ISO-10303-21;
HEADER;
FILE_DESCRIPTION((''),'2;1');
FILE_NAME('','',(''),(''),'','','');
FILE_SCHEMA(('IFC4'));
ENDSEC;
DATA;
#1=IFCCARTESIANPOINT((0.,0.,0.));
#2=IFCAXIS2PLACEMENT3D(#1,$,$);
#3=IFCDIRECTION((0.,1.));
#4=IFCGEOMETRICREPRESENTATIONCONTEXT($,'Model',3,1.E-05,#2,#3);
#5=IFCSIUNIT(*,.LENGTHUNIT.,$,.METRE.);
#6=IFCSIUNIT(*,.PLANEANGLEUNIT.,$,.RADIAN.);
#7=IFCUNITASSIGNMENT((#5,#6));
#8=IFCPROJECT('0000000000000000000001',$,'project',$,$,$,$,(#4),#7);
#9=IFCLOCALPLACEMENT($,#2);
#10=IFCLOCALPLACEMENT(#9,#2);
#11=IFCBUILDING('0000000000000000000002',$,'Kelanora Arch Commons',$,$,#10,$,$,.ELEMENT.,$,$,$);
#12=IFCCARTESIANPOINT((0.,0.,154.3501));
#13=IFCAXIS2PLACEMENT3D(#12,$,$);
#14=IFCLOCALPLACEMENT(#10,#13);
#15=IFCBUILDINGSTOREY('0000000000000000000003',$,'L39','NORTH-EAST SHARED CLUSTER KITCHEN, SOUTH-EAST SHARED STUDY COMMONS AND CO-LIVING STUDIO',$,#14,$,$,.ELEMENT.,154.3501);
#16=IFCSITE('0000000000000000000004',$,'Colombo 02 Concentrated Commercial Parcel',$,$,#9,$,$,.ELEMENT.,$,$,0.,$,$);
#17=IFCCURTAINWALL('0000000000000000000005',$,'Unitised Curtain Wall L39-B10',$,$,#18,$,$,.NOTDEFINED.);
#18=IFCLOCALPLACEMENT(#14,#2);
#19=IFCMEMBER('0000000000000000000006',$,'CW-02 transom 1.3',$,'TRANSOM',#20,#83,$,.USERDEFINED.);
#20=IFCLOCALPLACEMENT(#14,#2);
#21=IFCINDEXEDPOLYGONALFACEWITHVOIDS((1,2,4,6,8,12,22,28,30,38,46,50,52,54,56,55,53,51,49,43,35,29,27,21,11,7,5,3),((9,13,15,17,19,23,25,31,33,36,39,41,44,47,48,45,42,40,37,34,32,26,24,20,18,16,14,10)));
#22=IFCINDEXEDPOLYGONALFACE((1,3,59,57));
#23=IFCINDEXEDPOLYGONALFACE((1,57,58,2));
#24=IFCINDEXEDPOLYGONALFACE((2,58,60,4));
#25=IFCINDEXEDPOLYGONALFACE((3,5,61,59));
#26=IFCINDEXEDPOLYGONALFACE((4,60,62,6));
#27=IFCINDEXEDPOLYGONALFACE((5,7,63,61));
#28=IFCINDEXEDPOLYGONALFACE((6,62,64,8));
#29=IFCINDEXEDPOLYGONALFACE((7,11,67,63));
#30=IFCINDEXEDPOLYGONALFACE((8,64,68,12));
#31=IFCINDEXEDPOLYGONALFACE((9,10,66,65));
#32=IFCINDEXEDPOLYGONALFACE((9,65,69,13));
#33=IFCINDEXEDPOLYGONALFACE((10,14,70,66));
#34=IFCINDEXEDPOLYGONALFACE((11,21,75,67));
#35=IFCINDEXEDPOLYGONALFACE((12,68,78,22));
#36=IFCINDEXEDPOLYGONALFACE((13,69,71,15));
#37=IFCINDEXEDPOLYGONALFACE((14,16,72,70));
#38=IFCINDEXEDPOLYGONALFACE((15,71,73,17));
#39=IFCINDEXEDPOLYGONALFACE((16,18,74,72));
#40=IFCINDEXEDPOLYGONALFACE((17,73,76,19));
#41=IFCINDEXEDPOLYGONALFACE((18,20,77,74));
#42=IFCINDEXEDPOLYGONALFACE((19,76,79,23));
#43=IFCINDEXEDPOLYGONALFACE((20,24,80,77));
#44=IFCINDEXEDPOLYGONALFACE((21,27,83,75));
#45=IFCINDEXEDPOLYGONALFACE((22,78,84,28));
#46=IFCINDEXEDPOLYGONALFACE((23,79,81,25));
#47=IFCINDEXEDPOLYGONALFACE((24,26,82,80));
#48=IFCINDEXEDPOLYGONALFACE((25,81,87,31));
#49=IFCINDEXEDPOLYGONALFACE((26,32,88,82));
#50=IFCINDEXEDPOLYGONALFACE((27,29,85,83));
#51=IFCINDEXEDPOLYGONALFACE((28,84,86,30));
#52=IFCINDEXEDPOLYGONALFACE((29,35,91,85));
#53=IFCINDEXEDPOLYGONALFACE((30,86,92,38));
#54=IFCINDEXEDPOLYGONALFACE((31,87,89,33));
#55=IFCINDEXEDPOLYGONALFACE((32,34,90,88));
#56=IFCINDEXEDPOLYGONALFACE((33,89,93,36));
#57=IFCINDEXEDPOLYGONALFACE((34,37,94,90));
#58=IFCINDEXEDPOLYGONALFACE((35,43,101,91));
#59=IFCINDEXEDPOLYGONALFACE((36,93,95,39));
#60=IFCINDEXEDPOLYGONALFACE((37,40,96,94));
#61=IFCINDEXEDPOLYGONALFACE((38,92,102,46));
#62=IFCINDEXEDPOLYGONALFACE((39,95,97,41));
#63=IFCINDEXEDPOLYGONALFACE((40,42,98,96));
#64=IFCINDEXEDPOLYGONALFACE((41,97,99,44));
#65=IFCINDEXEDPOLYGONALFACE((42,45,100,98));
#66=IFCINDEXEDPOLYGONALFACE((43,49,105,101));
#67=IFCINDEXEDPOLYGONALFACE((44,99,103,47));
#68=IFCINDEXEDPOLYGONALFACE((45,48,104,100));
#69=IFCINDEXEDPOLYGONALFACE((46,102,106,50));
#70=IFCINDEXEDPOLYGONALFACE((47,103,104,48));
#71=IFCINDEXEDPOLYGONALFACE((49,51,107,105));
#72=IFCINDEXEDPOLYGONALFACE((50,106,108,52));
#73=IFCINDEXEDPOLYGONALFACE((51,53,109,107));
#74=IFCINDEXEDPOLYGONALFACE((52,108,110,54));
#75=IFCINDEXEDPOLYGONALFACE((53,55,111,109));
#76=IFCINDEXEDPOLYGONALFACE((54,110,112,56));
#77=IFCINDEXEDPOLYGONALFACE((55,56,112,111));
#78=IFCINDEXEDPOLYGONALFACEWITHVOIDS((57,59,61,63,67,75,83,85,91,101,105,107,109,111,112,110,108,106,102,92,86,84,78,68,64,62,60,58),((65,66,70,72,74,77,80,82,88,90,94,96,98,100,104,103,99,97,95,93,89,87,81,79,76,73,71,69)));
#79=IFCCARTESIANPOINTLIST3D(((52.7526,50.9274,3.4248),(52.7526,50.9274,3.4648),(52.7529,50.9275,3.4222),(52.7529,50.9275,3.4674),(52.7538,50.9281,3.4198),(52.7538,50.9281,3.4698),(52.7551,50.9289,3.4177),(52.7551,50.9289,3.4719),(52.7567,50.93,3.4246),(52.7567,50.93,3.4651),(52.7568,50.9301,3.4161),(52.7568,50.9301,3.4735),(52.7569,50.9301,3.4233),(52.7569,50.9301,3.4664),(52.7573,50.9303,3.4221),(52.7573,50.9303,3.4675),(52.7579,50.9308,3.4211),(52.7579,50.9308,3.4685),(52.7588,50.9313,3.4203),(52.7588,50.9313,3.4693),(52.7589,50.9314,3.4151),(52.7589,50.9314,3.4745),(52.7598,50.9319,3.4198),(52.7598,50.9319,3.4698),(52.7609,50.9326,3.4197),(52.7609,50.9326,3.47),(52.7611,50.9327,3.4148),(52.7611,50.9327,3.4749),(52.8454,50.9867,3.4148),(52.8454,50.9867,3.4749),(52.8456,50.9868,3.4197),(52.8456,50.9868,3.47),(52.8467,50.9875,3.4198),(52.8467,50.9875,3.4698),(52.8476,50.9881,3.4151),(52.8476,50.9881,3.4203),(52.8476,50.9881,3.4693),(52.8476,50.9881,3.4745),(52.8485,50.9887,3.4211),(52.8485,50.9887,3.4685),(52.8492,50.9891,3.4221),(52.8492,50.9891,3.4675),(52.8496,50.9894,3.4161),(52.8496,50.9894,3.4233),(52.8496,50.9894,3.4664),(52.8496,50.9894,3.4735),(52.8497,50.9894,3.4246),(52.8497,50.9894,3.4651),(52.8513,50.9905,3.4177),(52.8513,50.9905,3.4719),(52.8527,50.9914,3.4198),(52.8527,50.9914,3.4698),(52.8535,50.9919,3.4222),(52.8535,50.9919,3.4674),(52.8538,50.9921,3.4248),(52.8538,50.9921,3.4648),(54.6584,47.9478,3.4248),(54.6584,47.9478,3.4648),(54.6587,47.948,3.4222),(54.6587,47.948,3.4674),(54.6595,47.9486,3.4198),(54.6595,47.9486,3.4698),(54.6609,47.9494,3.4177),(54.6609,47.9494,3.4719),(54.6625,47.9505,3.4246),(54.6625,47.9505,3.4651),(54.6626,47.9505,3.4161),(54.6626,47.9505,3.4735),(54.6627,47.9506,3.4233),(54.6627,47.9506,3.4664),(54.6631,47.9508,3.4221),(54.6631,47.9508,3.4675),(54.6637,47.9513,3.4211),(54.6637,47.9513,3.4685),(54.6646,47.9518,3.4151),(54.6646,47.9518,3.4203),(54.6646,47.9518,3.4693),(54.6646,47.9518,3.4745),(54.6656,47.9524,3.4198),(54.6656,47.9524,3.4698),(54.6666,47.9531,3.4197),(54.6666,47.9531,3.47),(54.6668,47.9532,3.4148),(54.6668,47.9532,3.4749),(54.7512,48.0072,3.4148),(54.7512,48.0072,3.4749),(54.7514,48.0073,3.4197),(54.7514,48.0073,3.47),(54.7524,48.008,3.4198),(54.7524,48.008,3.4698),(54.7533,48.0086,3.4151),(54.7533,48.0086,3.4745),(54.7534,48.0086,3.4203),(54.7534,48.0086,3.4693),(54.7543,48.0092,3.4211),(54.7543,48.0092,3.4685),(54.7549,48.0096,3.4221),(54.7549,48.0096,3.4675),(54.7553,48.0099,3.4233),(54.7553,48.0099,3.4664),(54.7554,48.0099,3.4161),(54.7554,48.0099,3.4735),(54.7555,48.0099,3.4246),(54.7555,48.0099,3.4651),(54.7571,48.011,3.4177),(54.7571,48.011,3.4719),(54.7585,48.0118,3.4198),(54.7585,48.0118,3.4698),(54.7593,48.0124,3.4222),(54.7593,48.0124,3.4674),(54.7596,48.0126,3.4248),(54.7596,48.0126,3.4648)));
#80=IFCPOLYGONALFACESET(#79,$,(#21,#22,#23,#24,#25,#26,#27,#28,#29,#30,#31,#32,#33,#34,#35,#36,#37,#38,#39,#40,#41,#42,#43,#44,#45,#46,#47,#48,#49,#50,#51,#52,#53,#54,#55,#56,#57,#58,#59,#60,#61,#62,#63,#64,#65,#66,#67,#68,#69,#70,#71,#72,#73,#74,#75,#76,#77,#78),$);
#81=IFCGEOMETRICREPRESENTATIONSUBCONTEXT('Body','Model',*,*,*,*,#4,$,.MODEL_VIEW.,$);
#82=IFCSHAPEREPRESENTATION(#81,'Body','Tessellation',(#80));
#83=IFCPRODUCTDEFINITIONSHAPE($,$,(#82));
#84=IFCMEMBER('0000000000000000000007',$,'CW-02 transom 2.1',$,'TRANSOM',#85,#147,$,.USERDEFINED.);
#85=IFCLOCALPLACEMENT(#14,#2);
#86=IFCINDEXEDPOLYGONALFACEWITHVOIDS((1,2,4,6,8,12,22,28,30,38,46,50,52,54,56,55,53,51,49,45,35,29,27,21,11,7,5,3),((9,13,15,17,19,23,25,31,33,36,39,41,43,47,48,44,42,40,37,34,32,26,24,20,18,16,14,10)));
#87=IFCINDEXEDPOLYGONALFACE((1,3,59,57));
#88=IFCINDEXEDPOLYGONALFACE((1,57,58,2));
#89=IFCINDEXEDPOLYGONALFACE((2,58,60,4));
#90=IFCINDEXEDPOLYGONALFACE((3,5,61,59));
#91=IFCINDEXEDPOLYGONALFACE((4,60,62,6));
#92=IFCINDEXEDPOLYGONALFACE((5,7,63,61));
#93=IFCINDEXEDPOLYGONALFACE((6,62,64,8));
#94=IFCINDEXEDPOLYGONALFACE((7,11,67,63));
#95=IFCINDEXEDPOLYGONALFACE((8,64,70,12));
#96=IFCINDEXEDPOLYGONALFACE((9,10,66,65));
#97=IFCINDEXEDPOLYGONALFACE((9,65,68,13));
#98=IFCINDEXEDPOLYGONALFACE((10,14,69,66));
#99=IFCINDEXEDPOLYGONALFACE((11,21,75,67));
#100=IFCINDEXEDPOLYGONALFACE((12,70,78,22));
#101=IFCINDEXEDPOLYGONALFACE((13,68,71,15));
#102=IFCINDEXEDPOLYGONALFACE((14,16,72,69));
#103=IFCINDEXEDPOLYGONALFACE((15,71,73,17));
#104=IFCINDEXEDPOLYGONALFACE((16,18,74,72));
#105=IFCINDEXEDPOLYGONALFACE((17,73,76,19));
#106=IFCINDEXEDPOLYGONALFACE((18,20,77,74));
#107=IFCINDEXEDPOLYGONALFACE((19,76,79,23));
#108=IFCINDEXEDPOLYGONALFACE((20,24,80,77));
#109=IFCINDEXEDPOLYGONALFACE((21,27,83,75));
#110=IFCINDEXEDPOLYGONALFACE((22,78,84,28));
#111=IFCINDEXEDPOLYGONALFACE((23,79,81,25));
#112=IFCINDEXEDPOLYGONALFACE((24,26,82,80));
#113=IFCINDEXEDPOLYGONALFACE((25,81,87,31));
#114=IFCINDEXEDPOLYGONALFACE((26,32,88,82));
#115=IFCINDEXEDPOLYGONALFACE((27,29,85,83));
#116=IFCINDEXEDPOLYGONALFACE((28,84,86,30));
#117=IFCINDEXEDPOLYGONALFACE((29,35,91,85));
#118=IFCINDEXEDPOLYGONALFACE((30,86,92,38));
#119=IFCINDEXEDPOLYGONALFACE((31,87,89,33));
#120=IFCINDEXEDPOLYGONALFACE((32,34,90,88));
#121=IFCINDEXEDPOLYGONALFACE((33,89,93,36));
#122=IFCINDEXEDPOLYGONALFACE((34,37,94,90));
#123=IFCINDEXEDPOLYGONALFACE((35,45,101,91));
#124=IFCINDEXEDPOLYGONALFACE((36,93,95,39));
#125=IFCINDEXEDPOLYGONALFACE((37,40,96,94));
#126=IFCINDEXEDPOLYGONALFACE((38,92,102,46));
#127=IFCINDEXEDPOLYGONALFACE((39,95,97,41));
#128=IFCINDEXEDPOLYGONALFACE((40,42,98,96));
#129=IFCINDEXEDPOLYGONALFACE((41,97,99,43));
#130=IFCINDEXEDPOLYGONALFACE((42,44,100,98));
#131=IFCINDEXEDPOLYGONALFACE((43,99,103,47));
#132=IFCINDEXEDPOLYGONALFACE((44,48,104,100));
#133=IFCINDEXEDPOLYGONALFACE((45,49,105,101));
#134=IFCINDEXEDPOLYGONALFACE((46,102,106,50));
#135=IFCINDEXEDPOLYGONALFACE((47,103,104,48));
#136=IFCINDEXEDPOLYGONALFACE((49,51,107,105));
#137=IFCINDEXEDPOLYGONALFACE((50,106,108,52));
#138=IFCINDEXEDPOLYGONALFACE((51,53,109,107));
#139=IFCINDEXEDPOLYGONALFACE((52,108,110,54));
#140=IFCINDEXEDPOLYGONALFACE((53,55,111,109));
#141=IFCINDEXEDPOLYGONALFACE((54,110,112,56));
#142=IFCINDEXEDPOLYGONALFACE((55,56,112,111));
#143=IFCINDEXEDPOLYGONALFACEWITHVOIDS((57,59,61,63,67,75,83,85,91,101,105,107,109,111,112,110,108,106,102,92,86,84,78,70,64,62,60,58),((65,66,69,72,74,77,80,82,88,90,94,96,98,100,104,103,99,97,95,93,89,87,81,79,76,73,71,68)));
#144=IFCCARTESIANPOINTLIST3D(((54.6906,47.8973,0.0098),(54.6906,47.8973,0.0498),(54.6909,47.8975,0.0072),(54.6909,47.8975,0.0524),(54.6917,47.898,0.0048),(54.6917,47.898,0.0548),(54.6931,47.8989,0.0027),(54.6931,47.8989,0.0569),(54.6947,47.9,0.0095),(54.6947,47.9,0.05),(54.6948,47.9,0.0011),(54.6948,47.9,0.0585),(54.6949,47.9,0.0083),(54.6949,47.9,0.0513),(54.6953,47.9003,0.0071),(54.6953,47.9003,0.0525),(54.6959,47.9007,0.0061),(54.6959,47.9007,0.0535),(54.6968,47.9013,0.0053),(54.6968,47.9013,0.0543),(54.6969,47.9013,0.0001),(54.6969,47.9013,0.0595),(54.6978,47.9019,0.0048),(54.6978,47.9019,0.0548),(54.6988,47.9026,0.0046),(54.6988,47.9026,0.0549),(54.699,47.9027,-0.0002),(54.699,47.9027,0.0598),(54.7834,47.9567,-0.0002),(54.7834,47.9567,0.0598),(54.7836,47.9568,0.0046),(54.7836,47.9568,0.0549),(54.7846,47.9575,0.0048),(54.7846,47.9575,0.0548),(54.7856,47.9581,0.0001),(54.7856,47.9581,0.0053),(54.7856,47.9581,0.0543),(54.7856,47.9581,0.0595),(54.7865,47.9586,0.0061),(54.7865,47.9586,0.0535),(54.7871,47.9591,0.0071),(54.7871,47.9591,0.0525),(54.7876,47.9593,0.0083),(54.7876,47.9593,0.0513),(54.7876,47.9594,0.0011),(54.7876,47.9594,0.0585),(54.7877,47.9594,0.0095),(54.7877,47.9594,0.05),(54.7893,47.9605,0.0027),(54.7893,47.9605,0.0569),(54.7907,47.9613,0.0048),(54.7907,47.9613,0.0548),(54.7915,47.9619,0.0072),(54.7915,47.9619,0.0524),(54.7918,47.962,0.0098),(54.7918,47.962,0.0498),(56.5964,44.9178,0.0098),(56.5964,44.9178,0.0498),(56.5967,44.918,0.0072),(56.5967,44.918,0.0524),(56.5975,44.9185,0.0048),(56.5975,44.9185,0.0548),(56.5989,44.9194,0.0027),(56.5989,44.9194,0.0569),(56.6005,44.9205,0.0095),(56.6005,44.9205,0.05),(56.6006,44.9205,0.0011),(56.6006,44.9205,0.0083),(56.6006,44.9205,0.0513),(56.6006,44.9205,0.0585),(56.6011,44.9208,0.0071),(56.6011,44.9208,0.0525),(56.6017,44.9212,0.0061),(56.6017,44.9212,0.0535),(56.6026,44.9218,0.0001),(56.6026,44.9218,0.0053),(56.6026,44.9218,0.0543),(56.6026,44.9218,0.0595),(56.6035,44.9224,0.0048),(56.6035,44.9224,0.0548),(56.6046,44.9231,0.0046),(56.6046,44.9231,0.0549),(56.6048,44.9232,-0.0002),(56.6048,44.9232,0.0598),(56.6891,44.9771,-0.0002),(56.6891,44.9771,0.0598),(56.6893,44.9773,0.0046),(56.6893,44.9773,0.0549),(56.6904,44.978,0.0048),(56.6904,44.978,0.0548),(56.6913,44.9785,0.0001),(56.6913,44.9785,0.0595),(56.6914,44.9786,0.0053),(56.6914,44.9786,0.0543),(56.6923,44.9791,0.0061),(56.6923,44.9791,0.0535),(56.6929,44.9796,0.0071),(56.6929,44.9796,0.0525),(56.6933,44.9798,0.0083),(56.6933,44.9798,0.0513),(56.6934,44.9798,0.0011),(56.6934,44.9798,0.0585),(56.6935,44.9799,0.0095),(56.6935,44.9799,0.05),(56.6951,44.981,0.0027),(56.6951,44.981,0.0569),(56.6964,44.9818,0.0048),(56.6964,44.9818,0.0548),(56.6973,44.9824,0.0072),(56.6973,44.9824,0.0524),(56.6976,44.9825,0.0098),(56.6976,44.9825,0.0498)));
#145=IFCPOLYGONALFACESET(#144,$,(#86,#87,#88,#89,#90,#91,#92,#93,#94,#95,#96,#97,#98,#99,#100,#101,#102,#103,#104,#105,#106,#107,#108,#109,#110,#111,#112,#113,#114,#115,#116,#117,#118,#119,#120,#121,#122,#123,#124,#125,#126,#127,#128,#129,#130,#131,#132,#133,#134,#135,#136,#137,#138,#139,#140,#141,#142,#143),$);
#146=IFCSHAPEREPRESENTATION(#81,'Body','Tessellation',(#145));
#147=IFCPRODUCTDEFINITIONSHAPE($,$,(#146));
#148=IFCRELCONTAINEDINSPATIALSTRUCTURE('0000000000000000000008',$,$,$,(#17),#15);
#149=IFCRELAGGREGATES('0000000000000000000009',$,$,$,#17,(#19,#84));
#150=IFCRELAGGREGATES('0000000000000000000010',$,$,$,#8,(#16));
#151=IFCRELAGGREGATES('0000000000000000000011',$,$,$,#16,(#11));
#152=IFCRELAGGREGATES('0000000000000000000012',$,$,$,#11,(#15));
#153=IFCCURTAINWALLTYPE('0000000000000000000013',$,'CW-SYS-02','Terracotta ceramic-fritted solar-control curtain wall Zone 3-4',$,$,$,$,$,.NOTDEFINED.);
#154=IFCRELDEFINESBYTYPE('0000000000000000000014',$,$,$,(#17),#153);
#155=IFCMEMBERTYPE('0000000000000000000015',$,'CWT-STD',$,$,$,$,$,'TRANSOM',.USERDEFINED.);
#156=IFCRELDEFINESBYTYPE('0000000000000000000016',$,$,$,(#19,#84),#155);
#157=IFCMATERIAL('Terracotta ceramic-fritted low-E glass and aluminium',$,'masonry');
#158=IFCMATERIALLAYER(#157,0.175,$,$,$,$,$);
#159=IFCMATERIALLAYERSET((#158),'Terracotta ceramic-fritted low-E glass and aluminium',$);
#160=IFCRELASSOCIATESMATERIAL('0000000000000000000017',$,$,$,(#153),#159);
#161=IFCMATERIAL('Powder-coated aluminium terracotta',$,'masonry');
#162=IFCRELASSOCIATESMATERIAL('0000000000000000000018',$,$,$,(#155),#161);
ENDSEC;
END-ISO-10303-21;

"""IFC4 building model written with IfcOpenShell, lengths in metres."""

from ifc_helpers import new_model, si_unit, direction, frame, origin, origin_2d, place, context, subcontext, project, spatial, hollow_rectangle, extrude, material, layer, layer_set, material_profile, profile_set, type_object, element, aggregate, save


model = new_model("IFC4")

# Units and contexts
model_context = context("Model", 3, precision=1e-05, world=origin(), true_north=direction((0.0, 1.0)))
body_context = subcontext(model_context, "Body", "Model", "MODEL_VIEW")
ifc_project = project(units=[si_unit("LENGTHUNIT", "METRE"), si_unit("PLANEANGLEUNIT", "RADIAN")], contexts=[model_context])

# Site, building, storey
site_placement = place(None, origin())
site = spatial("IfcSite", under=ifc_project, at=site_placement, Name="Colombo 02 Concentrated Commercial Parcel", CompositionType="ELEMENT", RefElevation=0.0)
building_placement = place(site_placement, origin())
building = spatial("IfcBuilding", under=site, at=building_placement, Name="Kelanora Arch Commons", CompositionType="ELEMENT")
storey_placement = place(building_placement, frame((0.0, 0.0, 154.3501)))
storey = spatial("IfcBuildingStorey", under=building, at=storey_placement, Name="L39", Description="NORTH-EAST SHARED CLUSTER KITCHEN, SOUTH-EAST SHARED STUDY COMMONS AND CO-LIVING STUDIO", CompositionType="ELEMENT", Elevation=154.3501)

# Curtain wall, members
ifc_material_1 = material(Name="Terracotta ceramic-fritted low-E glass and aluminium", Category="masonry")
ifc_layer_1 = layer(ifc_material_1, 0.175)
ifc_layer_set_1 = layer_set([ifc_layer_1], Name="Terracotta ceramic-fritted low-E glass and aluminium")
curtain_wall_type = type_object("IfcCurtainWallType", Name="CW-SYS-02", Description="Terracotta ceramic-fritted solar-control curtain wall Zone 3-4", PredefinedType="NOTDEFINED", material=ifc_layer_set_1)
curtain_wall_placement = place(storey_placement, origin())
curtain_wall = element("IfcCurtainWall", 1, at=curtain_wall_placement, inside=storey, type_object=curtain_wall_type, Name="Unitised Curtain Wall L39-B10", PredefinedType="NOTDEFINED")
ifc_material_2 = material(Name="Powder-coated aluminium terracotta", Category="masonry")
ifc_material_profile_1 = material_profile(ifc_material_2, hollow_rectangle(XDim=0.1201, YDim=0.0601, WallThickness=0.0049, InnerFilletRadius=0.0049, OuterFilletRadius=0.01, at=origin_2d()), Name="CWT120x60")
ifc_profile_set_1 = profile_set([ifc_material_profile_1], Name="Powder-coated aluminium terracotta")
member_type_1 = type_object("IfcMemberType", Name="CWT-STD", ElementType="TRANSOM", PredefinedType="USERDEFINED", material=ifc_profile_set_1)
member_1_placement = place(storey_placement, frame((52.8032, 50.9597, 3.4448), z_axis=(0.53883, -0.842414, 0.0), x_axis=(0.842414, 0.53883, 0.0)))
member_1 = element("IfcMember", 2, at=member_1_placement, type_object=member_type_1, Name="CW-02 transom 1.3", ObjectType="TRANSOM", PredefinedType="USERDEFINED", context=body_context, shape_type="SweptSolid", body=[
    extrude(hollow_rectangle(XDim=0.1201, YDim=0.0601, WallThickness=0.0049, InnerFilletRadius=0.0049, OuterFilletRadius=0.01, at=origin_2d()), origin(), (0.0, 0.0, 1.0), 3.5369),
])
member_2_placement = place(storey_placement, frame((54.7412, 47.9297, 0.0298), z_axis=(0.53883, -0.842414, 0.0), x_axis=(0.842414, 0.53883, 0.0)))
member_2 = element("IfcMember", 3, at=member_2_placement, type_object=member_type_1, Name="CW-02 transom 2.1", ObjectType="TRANSOM", PredefinedType="USERDEFINED", context=body_context, shape_type="SweptSolid", body=[
    extrude(hollow_rectangle(XDim=0.1201, YDim=0.0601, WallThickness=0.0049, InnerFilletRadius=0.0049, OuterFilletRadius=0.01, at=origin_2d()), origin(), (0.0, 0.0, 1.0), 3.5369),
])

aggregate(curtain_wall, [member_1, member_2])

save(model, "model.ifc")
